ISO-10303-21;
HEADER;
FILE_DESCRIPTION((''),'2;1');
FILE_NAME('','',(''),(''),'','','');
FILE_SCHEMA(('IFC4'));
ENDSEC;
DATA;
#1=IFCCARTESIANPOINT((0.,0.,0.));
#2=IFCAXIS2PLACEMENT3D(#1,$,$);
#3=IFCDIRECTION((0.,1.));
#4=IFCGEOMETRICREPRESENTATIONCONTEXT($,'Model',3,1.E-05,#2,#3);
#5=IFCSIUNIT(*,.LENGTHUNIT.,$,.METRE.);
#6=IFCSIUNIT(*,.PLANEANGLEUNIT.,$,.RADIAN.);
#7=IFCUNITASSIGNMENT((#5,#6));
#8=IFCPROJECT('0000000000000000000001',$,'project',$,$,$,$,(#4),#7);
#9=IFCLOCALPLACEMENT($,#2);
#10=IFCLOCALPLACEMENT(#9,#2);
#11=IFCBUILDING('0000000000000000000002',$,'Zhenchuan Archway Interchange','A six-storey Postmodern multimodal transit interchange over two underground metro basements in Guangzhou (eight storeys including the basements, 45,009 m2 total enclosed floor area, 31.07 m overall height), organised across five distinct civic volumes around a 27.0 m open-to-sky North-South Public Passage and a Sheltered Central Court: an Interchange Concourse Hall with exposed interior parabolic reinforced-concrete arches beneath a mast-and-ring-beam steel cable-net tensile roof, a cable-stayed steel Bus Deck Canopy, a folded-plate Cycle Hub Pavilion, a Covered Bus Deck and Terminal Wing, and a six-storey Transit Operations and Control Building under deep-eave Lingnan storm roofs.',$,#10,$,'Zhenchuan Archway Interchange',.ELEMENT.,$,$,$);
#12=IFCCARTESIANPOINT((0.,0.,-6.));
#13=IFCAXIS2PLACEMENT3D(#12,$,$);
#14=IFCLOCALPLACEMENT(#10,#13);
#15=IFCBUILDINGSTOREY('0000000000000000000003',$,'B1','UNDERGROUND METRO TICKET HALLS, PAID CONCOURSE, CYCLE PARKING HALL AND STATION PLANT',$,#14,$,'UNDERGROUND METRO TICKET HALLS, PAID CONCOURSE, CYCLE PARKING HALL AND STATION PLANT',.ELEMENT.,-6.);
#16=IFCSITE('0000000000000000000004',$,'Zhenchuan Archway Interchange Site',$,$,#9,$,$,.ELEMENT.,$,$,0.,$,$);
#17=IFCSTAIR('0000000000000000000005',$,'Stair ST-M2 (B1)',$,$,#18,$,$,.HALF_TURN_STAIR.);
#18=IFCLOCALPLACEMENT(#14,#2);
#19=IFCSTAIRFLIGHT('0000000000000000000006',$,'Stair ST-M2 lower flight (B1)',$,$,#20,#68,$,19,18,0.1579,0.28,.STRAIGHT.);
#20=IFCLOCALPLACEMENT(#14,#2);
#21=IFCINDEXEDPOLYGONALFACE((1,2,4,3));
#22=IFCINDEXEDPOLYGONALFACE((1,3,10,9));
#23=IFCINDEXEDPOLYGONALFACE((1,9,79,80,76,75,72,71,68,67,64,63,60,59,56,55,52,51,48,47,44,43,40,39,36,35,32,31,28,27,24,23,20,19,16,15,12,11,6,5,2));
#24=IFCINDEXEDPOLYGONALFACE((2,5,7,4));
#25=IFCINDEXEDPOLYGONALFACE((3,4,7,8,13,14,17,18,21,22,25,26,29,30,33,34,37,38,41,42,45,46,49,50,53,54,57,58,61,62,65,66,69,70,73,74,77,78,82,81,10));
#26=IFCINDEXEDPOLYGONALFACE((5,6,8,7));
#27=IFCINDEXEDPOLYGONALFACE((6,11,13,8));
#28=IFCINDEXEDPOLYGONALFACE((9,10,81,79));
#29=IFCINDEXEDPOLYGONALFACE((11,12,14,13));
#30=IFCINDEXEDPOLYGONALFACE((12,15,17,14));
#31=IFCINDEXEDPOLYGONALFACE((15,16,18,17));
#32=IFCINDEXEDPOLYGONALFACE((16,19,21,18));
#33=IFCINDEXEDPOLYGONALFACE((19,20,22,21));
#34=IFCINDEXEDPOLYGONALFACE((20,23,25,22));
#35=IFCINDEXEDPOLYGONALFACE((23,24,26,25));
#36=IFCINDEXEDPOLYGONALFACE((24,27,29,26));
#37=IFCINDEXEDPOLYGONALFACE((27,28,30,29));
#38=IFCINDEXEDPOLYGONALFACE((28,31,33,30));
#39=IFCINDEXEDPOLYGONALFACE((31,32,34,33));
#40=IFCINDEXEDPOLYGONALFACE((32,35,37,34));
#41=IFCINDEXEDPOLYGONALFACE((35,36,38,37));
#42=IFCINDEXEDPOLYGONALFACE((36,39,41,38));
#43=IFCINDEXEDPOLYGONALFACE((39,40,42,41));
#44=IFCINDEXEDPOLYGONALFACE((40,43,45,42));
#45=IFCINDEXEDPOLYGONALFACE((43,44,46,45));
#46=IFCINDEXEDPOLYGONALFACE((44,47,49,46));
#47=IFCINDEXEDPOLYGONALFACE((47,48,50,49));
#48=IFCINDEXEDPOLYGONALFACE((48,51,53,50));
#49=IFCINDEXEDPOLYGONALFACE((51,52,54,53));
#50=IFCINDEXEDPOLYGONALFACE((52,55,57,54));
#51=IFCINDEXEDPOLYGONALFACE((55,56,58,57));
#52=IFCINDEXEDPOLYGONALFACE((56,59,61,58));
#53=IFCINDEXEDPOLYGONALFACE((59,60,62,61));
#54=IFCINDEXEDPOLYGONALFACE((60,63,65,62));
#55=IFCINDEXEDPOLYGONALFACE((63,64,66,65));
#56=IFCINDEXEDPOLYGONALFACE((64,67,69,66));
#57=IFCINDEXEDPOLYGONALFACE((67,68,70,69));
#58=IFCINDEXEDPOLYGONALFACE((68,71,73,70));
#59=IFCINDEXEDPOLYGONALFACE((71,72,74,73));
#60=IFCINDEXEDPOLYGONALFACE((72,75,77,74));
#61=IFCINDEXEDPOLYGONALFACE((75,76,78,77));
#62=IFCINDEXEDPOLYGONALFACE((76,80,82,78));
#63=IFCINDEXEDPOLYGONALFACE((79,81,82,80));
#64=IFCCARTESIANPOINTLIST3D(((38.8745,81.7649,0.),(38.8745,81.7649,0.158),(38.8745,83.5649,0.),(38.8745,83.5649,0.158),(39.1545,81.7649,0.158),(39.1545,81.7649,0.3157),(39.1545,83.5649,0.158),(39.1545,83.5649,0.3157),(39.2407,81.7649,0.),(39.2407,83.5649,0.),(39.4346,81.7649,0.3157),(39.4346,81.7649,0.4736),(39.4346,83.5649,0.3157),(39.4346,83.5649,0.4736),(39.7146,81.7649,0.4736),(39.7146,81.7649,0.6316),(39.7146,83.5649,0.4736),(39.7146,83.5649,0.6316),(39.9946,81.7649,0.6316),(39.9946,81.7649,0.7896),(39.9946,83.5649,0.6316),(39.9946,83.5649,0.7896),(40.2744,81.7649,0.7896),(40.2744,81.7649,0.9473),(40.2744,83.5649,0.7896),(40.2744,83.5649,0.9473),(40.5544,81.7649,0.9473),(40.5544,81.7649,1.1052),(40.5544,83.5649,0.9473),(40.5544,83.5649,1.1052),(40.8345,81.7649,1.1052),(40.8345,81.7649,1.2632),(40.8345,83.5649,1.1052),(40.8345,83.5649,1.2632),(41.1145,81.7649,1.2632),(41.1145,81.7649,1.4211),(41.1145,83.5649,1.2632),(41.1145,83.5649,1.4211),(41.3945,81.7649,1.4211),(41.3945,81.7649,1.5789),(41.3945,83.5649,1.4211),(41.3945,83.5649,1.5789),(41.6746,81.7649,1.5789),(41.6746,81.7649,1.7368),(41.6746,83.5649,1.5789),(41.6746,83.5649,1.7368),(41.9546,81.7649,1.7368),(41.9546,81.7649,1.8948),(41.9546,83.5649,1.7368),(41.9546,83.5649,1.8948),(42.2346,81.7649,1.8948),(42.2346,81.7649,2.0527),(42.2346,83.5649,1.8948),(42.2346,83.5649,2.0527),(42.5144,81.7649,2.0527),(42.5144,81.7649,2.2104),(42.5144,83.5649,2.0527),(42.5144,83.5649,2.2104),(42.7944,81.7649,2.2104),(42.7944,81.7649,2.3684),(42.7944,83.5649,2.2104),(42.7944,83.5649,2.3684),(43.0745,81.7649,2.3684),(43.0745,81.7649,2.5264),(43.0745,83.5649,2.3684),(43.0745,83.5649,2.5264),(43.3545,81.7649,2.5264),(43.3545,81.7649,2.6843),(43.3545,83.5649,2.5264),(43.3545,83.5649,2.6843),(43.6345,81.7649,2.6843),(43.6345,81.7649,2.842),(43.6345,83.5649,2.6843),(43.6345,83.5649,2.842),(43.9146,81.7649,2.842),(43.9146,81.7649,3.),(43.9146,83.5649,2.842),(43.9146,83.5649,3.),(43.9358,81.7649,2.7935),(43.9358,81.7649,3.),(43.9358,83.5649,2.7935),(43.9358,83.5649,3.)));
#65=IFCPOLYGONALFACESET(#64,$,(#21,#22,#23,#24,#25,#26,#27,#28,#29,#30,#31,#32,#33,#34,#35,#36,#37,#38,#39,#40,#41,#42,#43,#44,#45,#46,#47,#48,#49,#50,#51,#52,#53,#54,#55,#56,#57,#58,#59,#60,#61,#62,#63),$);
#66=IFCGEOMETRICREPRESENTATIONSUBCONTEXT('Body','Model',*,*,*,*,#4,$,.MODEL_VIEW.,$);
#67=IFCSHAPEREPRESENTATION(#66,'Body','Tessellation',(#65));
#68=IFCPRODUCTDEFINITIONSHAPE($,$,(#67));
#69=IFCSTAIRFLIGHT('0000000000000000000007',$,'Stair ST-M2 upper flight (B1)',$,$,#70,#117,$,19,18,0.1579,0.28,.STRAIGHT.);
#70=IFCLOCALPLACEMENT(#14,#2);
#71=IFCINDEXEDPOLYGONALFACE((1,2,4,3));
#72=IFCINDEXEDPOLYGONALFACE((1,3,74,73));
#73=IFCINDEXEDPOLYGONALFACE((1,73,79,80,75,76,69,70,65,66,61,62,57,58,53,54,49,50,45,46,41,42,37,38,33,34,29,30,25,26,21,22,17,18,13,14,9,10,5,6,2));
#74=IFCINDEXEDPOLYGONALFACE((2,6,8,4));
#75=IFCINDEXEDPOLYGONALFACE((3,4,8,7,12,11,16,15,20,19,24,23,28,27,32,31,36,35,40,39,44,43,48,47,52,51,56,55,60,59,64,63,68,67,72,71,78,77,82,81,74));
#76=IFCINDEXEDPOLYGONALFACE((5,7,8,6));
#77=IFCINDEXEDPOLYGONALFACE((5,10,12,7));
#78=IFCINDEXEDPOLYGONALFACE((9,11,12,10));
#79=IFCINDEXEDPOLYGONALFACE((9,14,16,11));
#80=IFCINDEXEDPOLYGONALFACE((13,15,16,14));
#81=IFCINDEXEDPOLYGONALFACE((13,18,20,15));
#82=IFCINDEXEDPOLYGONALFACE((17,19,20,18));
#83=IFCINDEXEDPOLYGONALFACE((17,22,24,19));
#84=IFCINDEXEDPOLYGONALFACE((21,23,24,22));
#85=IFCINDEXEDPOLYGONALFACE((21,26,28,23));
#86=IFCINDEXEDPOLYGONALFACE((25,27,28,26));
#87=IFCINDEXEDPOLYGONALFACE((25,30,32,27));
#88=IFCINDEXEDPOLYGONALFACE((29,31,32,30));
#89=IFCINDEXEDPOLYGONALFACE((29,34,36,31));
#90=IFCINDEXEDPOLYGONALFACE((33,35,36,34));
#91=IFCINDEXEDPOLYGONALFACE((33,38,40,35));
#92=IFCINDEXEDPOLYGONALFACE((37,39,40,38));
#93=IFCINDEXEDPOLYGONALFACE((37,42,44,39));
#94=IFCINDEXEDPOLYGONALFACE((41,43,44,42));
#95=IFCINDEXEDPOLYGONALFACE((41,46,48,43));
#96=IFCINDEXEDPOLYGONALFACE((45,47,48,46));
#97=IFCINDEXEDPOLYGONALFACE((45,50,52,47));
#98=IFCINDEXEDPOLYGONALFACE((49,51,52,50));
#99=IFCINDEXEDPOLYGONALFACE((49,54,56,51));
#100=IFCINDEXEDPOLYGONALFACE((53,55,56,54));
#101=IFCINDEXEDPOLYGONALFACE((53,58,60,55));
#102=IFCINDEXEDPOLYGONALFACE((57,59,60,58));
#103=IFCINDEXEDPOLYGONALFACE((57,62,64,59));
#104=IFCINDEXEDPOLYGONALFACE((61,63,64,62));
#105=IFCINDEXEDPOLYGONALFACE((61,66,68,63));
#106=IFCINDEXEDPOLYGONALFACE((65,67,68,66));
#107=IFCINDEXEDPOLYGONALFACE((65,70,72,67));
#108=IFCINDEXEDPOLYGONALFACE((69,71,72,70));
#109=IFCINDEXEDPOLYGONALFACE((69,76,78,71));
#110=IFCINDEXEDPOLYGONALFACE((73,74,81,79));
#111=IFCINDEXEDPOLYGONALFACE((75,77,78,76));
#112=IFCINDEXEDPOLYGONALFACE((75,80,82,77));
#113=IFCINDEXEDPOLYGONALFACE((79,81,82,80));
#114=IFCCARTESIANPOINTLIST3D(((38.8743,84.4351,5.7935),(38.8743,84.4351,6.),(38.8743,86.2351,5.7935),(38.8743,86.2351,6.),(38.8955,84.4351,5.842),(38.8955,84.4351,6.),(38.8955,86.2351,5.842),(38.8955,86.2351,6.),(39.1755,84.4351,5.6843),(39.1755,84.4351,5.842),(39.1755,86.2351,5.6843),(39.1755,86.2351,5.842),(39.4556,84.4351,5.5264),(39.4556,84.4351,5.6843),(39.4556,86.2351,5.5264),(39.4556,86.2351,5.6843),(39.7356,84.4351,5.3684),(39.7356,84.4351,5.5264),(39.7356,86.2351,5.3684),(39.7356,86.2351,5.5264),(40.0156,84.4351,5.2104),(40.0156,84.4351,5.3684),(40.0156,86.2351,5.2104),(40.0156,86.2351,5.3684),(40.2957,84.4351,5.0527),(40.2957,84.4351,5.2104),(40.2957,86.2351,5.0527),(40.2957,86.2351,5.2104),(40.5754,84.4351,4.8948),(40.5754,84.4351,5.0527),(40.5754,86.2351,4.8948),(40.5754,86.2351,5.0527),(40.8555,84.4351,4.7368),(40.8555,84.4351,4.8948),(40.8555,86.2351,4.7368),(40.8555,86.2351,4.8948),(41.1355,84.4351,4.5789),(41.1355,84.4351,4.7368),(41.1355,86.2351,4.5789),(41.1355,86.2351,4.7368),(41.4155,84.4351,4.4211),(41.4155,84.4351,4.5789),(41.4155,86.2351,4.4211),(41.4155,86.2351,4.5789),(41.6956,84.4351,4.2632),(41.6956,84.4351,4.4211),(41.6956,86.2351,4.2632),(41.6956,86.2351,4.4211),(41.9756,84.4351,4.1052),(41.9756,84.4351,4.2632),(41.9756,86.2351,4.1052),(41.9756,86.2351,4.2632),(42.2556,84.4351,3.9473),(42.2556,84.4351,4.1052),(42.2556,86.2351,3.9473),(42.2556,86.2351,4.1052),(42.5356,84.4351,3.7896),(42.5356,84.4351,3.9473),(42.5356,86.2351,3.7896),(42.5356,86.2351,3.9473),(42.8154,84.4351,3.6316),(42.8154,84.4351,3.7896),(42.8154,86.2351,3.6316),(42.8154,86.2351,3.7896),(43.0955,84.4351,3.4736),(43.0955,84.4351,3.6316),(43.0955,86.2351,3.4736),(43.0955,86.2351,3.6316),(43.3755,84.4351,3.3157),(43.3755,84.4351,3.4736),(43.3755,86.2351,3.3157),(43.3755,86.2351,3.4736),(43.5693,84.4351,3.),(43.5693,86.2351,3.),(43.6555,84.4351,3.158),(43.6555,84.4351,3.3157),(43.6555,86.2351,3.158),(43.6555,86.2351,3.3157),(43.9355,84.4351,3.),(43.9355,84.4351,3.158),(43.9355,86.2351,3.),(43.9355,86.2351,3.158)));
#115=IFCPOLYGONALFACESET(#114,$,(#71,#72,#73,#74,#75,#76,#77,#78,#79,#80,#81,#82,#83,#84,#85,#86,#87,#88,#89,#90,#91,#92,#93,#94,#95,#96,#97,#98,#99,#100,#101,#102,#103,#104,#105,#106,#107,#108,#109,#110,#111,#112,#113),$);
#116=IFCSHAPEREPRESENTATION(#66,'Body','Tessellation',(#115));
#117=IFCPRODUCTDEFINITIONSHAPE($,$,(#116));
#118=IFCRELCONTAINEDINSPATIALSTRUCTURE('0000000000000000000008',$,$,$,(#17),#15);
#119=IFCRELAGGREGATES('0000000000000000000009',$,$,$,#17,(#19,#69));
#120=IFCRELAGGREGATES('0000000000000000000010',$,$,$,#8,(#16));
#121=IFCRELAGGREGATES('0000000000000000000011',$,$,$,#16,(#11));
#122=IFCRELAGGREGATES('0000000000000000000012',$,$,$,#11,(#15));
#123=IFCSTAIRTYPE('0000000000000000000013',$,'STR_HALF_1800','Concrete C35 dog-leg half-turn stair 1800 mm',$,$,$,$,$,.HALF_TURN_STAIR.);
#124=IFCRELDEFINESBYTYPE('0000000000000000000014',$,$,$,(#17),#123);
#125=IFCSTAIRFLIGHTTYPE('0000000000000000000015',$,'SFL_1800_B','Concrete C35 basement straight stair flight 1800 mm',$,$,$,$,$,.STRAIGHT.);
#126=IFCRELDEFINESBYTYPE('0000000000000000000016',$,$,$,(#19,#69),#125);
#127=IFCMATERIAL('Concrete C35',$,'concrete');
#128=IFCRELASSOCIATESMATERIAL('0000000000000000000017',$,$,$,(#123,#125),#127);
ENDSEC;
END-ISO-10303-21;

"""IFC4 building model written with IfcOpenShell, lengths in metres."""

from ifc_helpers import new_model, si_unit, direction, frame, origin, place, context, subcontext, project, spatial, polyline, outline, extrude, material, type_object, element, aggregate, save


model = new_model("IFC4")

# Units and contexts
model_context = context("Model", 3, precision=1e-05, world=origin(), true_north=direction((0.0, 1.0)))
body_context = subcontext(model_context, "Body", "Model", "MODEL_VIEW")
ifc_project = project(units=[si_unit("LENGTHUNIT", "METRE"), si_unit("PLANEANGLEUNIT", "RADIAN")], contexts=[model_context])

# Site, building, storey
site_placement = place(None, origin())
site = spatial("IfcSite", under=ifc_project, at=site_placement, Name="Zhenchuan Archway Interchange Site", CompositionType="ELEMENT", RefElevation=0.0)
building_placement = place(site_placement, origin())
building = spatial("IfcBuilding", under=site, at=building_placement, Name="Zhenchuan Archway Interchange", Description="A six-storey Postmodern multimodal transit interchange over two underground metro basements in Guangzhou (eight storeys including the basements, 45,009 m2 total enclosed floor area, 31.07 m overall height), organised across five distinct civic volumes around a 27.0 m open-to-sky North-South Public Passage and a Sheltered Central Court: an Interchange Concourse Hall with exposed interior parabolic reinforced-concrete arches beneath a mast-and-ring-beam steel cable-net tensile roof, a cable-stayed steel Bus Deck Canopy, a folded-plate Cycle Hub Pavilion, a Covered Bus Deck and Terminal Wing, and a six-storey Transit Operations and Control Building under deep-eave Lingnan storm roofs.", LongName="Zhenchuan Archway Interchange", CompositionType="ELEMENT")
storey_placement = place(building_placement, frame((0.0, 0.0, -6.0)))
storey = spatial("IfcBuildingStorey", under=building, at=storey_placement, Name="B1", Description="UNDERGROUND METRO TICKET HALLS, PAID CONCOURSE, CYCLE PARKING HALL AND STATION PLANT", LongName="UNDERGROUND METRO TICKET HALLS, PAID CONCOURSE, CYCLE PARKING HALL AND STATION PLANT", CompositionType="ELEMENT", Elevation=-6.0)

# Stair, stair flights
ifc_material_1 = material(Name="Concrete C35", Category="concrete")
stair_type = type_object("IfcStairType", Name="STR_HALF_1800", Description="Concrete C35 dog-leg half-turn stair 1800 mm", PredefinedType="HALF_TURN_STAIR", material=ifc_material_1)
stair_placement = place(storey_placement, origin())
stair = element("IfcStair", 1, at=stair_placement, inside=storey, type_object=stair_type, Name="Stair ST-M2 (B1)", PredefinedType="HALF_TURN_STAIR")
stair_flight_type = type_object("IfcStairFlightType", Name="SFL_1800_B", Description="Concrete C35 basement straight stair flight 1800 mm", PredefinedType="STRAIGHT", material=ifc_material_1)
stair_flight_1_placement = place(storey_placement, frame((38.8745, 82.665, 0.0), z_axis=(0.0, 0.0, 1.0), x_axis=(1.0, 0.0, 0.0)))
stair_flight_1 = element("IfcStairFlight", 2, at=stair_flight_1_placement, type_object=stair_flight_type, Name="Stair ST-M2 lower flight (B1)", NumberOfRisers=19, NumberOfTreads=18, PredefinedType="STRAIGHT", RiserHeight=0.1579, TreadLength=0.28, context=body_context, shape_type="SweptSolid", body=[
    extrude(outline(polyline([(0.0, 0.0), (0.0, 0.158), (0.28, 0.158), (0.28, 0.3157), (0.5601, 0.3157), (0.5601, 0.4736), (0.8401, 0.4736), (0.8401, 0.6316), (1.1201, 0.6316), (1.1201, 0.7896), (1.3999, 0.7896), (1.3999, 0.9473), (1.6799, 0.9473), (1.6799, 1.1052), (1.96, 1.1052), (1.96, 1.2632), (2.24, 1.2632), (2.24, 1.4211), (2.52, 1.4211), (2.52, 1.5789), (2.8, 1.5789), (2.8, 1.7368), (3.0801, 1.7368), (3.0801, 1.8948), (3.3601, 1.8948), (3.3601, 2.0527), (3.6399, 2.0527), (3.6399, 2.2104), (3.9199, 2.2104), (3.9199, 2.3684), (4.2, 2.3684), (4.2, 2.5264), (4.48, 2.5264), (4.48, 2.6843), (4.76, 2.6843), (4.76, 2.842), (5.04, 2.842), (5.04, 3.0), (5.0613, 3.0), (5.0613, 2.7935), (0.3662, 0.0), (0.0, 0.0)])), frame((0.0, 0.8999, 0.0), z_axis=(0.0, -1.0, 0.0), x_axis=(1.0, 0.0, 0.0)), (0.0, 0.0, 1.0), 1.8),
])
stair_flight_2_placement = place(storey_placement, frame((43.9355, 85.335, 3.0), z_axis=(0.0, 0.0, 1.0), x_axis=(-1.0, 0.0, 0.0)))
stair_flight_2 = element("IfcStairFlight", 3, at=stair_flight_2_placement, type_object=stair_flight_type, Name="Stair ST-M2 upper flight (B1)", NumberOfRisers=19, NumberOfTreads=18, PredefinedType="STRAIGHT", RiserHeight=0.1579, TreadLength=0.28, context=body_context, shape_type="SweptSolid", body=[
    extrude(outline(polyline([(0.0, 0.0), (0.0, 0.158), (0.28, 0.158), (0.28, 0.3157), (0.5601, 0.3157), (0.5601, 0.4736), (0.8401, 0.4736), (0.8401, 0.6316), (1.1201, 0.6316), (1.1201, 0.7896), (1.3999, 0.7896), (1.3999, 0.9473), (1.6799, 0.9473), (1.6799, 1.1052), (1.96, 1.1052), (1.96, 1.2632), (2.24, 1.2632), (2.24, 1.4211), (2.52, 1.4211), (2.52, 1.5789), (2.8, 1.5789), (2.8, 1.7368), (3.0801, 1.7368), (3.0801, 1.8948), (3.3601, 1.8948), (3.3601, 2.0527), (3.6399, 2.0527), (3.6399, 2.2104), (3.9199, 2.2104), (3.9199, 2.3684), (4.2, 2.3684), (4.2, 2.5264), (4.48, 2.5264), (4.48, 2.6843), (4.76, 2.6843), (4.76, 2.842), (5.04, 2.842), (5.04, 3.0), (5.0613, 3.0), (5.0613, 2.7935), (0.3662, 0.0), (0.0, 0.0)])), frame((0.0, 0.8999, 0.0), z_axis=(0.0, -1.0, 0.0), x_axis=(1.0, 0.0, 0.0)), (0.0, 0.0, 1.0), 1.8),
])
aggregate(stair, [stair_flight_1, stair_flight_2])

save(model, "model.ifc")
